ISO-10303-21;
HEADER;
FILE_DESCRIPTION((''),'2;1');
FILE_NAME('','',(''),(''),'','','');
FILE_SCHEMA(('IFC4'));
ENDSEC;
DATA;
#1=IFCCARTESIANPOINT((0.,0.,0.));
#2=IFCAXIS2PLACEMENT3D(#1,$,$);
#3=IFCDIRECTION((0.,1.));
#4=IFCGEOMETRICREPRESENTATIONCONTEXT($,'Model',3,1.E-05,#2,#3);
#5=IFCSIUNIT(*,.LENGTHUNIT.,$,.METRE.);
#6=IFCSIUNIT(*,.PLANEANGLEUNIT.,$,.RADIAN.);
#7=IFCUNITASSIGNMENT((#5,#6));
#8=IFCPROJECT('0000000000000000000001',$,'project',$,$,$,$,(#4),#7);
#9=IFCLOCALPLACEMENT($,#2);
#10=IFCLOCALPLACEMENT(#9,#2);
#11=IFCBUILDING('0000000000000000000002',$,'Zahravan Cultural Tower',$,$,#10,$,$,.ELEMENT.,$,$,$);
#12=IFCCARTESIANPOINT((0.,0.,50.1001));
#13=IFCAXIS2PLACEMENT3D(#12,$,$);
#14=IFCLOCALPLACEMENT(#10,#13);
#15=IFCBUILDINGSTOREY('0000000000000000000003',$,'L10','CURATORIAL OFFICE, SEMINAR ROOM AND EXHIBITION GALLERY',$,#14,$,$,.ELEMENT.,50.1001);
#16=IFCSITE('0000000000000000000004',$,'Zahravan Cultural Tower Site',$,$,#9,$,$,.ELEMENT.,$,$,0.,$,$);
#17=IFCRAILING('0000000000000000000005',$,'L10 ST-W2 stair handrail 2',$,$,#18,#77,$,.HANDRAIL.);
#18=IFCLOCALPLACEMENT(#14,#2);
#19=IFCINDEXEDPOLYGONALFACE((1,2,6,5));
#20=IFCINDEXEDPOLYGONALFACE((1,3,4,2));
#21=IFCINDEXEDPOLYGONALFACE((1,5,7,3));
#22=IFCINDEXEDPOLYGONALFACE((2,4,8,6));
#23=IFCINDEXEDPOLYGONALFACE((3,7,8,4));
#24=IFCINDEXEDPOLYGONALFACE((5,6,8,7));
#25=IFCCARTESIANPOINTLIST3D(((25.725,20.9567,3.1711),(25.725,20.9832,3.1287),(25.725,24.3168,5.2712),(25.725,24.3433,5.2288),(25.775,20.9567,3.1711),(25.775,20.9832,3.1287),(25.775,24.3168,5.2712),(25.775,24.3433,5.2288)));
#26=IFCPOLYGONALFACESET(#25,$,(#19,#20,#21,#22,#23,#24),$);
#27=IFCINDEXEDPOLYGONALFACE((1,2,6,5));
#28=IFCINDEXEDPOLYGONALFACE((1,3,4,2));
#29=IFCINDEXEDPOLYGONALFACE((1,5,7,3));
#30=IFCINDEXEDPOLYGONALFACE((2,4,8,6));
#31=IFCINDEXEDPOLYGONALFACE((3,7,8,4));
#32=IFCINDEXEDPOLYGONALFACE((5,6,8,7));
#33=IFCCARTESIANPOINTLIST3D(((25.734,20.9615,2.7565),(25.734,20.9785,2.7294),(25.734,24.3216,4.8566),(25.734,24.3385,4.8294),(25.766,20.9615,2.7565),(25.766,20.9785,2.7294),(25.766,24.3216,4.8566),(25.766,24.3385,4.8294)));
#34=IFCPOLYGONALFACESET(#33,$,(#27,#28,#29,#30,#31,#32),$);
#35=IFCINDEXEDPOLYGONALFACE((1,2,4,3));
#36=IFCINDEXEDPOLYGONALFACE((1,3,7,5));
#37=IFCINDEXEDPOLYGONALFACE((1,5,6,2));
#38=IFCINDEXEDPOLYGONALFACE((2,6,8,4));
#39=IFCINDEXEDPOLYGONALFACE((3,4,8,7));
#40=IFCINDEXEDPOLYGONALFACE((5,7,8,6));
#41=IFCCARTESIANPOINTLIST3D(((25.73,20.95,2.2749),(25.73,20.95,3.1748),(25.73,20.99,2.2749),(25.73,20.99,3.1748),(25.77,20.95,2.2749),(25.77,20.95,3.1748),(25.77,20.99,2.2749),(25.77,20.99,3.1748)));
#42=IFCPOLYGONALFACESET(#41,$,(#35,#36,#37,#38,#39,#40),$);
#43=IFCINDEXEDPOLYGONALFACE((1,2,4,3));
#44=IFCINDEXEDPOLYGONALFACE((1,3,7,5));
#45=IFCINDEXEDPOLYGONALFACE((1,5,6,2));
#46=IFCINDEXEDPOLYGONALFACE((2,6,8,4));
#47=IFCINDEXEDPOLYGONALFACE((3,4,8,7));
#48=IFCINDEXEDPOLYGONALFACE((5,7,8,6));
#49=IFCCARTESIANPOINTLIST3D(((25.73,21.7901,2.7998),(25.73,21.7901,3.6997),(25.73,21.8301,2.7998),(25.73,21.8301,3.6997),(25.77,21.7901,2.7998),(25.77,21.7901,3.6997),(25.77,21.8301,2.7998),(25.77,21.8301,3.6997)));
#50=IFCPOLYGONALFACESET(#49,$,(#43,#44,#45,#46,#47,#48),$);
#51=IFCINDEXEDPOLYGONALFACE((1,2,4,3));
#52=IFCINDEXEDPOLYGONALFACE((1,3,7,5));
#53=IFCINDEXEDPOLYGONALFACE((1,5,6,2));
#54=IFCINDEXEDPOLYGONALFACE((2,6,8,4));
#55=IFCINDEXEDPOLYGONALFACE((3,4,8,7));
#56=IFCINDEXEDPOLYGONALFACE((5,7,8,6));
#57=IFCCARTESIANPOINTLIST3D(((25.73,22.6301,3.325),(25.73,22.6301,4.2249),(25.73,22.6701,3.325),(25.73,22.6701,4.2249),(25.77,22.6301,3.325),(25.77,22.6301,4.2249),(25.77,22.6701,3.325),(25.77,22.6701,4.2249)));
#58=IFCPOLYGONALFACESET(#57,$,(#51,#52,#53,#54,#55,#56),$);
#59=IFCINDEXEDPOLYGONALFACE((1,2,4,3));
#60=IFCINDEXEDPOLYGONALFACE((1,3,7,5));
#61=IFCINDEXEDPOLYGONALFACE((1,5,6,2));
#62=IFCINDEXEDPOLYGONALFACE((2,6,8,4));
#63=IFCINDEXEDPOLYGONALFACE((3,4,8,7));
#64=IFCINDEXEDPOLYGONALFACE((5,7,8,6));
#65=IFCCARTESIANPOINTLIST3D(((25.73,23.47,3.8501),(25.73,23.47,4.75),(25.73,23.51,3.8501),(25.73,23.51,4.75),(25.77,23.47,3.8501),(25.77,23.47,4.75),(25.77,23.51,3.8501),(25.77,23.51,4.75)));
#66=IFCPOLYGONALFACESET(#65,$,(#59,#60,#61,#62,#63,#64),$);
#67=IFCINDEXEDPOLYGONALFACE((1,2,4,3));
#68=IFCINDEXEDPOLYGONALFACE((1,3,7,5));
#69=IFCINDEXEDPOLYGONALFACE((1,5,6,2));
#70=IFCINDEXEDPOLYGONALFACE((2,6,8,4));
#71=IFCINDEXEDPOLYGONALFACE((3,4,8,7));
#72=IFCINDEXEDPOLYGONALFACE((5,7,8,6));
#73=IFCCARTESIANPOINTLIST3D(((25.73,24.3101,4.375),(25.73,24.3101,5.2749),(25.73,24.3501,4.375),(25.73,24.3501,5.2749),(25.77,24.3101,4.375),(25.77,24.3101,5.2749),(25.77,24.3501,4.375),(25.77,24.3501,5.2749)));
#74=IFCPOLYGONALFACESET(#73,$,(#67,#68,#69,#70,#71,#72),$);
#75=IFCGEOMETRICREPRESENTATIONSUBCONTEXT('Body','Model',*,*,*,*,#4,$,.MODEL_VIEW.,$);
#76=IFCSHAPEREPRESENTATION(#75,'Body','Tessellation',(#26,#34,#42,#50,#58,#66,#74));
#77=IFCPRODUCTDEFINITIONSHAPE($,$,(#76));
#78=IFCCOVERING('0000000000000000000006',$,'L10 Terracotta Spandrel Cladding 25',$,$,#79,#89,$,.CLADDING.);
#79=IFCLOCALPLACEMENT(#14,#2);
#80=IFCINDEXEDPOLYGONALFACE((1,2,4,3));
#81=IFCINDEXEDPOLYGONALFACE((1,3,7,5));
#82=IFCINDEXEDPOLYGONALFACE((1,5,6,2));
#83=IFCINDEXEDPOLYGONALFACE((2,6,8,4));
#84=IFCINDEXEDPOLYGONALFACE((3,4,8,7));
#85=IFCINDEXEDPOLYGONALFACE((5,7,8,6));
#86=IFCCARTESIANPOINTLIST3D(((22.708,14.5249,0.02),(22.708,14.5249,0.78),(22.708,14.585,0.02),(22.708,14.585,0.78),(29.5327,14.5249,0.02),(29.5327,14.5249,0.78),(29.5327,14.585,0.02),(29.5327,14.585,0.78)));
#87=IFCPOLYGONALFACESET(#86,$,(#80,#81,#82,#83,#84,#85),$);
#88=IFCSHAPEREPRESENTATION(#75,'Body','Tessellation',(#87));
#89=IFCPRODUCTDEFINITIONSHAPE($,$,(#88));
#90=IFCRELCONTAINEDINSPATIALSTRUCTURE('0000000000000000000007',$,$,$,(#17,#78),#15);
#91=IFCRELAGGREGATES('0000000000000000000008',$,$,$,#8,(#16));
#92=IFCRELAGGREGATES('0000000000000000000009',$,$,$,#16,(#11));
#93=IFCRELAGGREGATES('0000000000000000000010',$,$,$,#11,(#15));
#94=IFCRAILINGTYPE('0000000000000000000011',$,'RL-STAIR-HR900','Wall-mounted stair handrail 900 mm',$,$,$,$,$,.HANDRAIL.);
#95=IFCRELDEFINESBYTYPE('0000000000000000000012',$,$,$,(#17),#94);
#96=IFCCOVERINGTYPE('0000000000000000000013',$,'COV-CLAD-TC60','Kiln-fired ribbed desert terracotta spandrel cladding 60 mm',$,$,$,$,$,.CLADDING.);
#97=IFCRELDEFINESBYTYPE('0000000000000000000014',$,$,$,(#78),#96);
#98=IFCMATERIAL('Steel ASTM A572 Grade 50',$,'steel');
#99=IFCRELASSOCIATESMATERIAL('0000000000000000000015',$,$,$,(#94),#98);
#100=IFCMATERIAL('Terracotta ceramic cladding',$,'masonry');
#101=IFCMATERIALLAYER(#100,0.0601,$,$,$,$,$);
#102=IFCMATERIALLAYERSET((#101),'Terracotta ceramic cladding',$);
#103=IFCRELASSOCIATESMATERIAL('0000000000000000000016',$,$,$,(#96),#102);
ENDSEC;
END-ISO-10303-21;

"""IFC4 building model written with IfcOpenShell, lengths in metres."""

from ifc_helpers import new_model, si_unit, direction, frame, origin, origin_2d, place, context, subcontext, project, spatial, rectangle, extrude, source, transform, mapped, material, layer, layer_set, type_object, element, save


model = new_model("IFC4")

# Units and contexts
model_context = context("Model", 3, precision=1e-05, world=origin(), true_north=direction((0.0, 1.0)))
body_context = subcontext(model_context, "Body", "Model", "MODEL_VIEW")
ifc_project = project(units=[si_unit("LENGTHUNIT", "METRE"), si_unit("PLANEANGLEUNIT", "RADIAN")], contexts=[model_context])

# Site, building, storey
site_placement = place(None, origin())
site = spatial("IfcSite", under=ifc_project, at=site_placement, Name="Zahravan Cultural Tower Site", CompositionType="ELEMENT", RefElevation=0.0)
building_placement = place(site_placement, origin())
building = spatial("IfcBuilding", under=site, at=building_placement, Name="Zahravan Cultural Tower", CompositionType="ELEMENT")
storey_placement = place(building_placement, frame((0.0, 0.0, 50.1001)))
storey = spatial("IfcBuildingStorey", under=building, at=storey_placement, Name="L10", Description="CURATORIAL OFFICE, SEMINAR ROOM AND EXHIBITION GALLERY", CompositionType="ELEMENT", Elevation=50.1001)

# Shared definitions
ifc_material_1 = material(Name="Steel ASTM A572 Grade 50", Category="steel")

# Railing
railing_type_1 = type_object("IfcRailingType", Name="RL-STAIR-HR900", Description="Wall-mounted stair handrail 900 mm", PredefinedType="HANDRAIL", material=ifc_material_1)
railing_1_placement = place(storey_placement, frame((25.75, 20.97, 2.2749)))
element("IfcRailing", 1, at=railing_1_placement, inside=storey, type_object=railing_type_1, Name="L10 ST-W2 stair handrail 2", PredefinedType="HANDRAIL", context=body_context, shape_type="SweptSolid", body=[
    extrude(rectangle(XDim=0.05, YDim=0.05, at=origin_2d()), frame((0.0, 0.0, 0.875), z_axis=(0.0, 0.847995, 0.530004), x_axis=(-1.0, 0.0, 0.0)), (0.0, 0.0, 1.0), 3.9624),
    extrude(rectangle(XDim=0.032, YDim=0.032, at=origin_2d()), frame((0.0, 0.0, 0.468), z_axis=(0.0, 0.847995, 0.530004), x_axis=(-1.0, 0.0, 0.0)), (0.0, 0.0, 1.0), 3.9624),
    extrude(rectangle(XDim=0.04, YDim=0.04, at=origin_2d()), origin(), (0.0, 0.0, 1.0), 0.8999),
    extrude(rectangle(XDim=0.04, YDim=0.04, at=origin_2d()), frame((0.0, 0.8401, 0.5249)), (0.0, 0.0, 1.0), 0.8999),
    extrude(rectangle(XDim=0.04, YDim=0.04, at=origin_2d()), frame((0.0, 1.6802, 1.05)), (0.0, 0.0, 1.0), 0.8999),
    extrude(rectangle(XDim=0.04, YDim=0.04, at=origin_2d()), frame((0.0, 2.52, 1.5752)), (0.0, 0.0, 1.0), 0.8999),
    extrude(rectangle(XDim=0.04, YDim=0.04, at=origin_2d()), frame((0.0, 3.3601, 2.1001)), (0.0, 0.0, 1.0), 0.8999),
])

# Covering
ifc_material_2 = material(Name="Terracotta ceramic cladding", Category="masonry")
ifc_layer_1 = layer(ifc_material_2, 0.0601)
ifc_layer_set_1 = layer_set([ifc_layer_1], Name="Terracotta ceramic cladding")
covering_type = type_object("IfcCoveringType", Name="COV-CLAD-TC60", Description="Kiln-fired ribbed desert terracotta spandrel cladding 60 mm", PredefinedType="CLADDING", material=ifc_layer_set_1)
shared_shape_1 = source(origin(), body_context, "Body", "SweptSolid", [
    extrude(rectangle(XDim=6.8247, YDim=0.0601, at=origin_2d()), origin(), (0.0, 0.0, 1.0), 0.76),
])
covering_placement = place(storey_placement, frame((26.1204, 14.5549, 0.02), z_axis=(0.0, 0.0, 1.0), x_axis=(-1.0, 0.0, 0.0)))
element("IfcCovering", 2, at=covering_placement, inside=storey, type_object=covering_type, Name="L10 Terracotta Spandrel Cladding 25", PredefinedType="CLADDING", context=body_context, shape_type="MappedRepresentation", body=[
    mapped(shared_shape_1, transform((0.0, 0.0, 0.0), x_axis=(1.0, 0.0, 0.0), y_axis=(0.0, 1.0, 0.0), z_axis=(0.0, 0.0, 1.0), scale=1.0)),
])

save(model, "model.ifc")
